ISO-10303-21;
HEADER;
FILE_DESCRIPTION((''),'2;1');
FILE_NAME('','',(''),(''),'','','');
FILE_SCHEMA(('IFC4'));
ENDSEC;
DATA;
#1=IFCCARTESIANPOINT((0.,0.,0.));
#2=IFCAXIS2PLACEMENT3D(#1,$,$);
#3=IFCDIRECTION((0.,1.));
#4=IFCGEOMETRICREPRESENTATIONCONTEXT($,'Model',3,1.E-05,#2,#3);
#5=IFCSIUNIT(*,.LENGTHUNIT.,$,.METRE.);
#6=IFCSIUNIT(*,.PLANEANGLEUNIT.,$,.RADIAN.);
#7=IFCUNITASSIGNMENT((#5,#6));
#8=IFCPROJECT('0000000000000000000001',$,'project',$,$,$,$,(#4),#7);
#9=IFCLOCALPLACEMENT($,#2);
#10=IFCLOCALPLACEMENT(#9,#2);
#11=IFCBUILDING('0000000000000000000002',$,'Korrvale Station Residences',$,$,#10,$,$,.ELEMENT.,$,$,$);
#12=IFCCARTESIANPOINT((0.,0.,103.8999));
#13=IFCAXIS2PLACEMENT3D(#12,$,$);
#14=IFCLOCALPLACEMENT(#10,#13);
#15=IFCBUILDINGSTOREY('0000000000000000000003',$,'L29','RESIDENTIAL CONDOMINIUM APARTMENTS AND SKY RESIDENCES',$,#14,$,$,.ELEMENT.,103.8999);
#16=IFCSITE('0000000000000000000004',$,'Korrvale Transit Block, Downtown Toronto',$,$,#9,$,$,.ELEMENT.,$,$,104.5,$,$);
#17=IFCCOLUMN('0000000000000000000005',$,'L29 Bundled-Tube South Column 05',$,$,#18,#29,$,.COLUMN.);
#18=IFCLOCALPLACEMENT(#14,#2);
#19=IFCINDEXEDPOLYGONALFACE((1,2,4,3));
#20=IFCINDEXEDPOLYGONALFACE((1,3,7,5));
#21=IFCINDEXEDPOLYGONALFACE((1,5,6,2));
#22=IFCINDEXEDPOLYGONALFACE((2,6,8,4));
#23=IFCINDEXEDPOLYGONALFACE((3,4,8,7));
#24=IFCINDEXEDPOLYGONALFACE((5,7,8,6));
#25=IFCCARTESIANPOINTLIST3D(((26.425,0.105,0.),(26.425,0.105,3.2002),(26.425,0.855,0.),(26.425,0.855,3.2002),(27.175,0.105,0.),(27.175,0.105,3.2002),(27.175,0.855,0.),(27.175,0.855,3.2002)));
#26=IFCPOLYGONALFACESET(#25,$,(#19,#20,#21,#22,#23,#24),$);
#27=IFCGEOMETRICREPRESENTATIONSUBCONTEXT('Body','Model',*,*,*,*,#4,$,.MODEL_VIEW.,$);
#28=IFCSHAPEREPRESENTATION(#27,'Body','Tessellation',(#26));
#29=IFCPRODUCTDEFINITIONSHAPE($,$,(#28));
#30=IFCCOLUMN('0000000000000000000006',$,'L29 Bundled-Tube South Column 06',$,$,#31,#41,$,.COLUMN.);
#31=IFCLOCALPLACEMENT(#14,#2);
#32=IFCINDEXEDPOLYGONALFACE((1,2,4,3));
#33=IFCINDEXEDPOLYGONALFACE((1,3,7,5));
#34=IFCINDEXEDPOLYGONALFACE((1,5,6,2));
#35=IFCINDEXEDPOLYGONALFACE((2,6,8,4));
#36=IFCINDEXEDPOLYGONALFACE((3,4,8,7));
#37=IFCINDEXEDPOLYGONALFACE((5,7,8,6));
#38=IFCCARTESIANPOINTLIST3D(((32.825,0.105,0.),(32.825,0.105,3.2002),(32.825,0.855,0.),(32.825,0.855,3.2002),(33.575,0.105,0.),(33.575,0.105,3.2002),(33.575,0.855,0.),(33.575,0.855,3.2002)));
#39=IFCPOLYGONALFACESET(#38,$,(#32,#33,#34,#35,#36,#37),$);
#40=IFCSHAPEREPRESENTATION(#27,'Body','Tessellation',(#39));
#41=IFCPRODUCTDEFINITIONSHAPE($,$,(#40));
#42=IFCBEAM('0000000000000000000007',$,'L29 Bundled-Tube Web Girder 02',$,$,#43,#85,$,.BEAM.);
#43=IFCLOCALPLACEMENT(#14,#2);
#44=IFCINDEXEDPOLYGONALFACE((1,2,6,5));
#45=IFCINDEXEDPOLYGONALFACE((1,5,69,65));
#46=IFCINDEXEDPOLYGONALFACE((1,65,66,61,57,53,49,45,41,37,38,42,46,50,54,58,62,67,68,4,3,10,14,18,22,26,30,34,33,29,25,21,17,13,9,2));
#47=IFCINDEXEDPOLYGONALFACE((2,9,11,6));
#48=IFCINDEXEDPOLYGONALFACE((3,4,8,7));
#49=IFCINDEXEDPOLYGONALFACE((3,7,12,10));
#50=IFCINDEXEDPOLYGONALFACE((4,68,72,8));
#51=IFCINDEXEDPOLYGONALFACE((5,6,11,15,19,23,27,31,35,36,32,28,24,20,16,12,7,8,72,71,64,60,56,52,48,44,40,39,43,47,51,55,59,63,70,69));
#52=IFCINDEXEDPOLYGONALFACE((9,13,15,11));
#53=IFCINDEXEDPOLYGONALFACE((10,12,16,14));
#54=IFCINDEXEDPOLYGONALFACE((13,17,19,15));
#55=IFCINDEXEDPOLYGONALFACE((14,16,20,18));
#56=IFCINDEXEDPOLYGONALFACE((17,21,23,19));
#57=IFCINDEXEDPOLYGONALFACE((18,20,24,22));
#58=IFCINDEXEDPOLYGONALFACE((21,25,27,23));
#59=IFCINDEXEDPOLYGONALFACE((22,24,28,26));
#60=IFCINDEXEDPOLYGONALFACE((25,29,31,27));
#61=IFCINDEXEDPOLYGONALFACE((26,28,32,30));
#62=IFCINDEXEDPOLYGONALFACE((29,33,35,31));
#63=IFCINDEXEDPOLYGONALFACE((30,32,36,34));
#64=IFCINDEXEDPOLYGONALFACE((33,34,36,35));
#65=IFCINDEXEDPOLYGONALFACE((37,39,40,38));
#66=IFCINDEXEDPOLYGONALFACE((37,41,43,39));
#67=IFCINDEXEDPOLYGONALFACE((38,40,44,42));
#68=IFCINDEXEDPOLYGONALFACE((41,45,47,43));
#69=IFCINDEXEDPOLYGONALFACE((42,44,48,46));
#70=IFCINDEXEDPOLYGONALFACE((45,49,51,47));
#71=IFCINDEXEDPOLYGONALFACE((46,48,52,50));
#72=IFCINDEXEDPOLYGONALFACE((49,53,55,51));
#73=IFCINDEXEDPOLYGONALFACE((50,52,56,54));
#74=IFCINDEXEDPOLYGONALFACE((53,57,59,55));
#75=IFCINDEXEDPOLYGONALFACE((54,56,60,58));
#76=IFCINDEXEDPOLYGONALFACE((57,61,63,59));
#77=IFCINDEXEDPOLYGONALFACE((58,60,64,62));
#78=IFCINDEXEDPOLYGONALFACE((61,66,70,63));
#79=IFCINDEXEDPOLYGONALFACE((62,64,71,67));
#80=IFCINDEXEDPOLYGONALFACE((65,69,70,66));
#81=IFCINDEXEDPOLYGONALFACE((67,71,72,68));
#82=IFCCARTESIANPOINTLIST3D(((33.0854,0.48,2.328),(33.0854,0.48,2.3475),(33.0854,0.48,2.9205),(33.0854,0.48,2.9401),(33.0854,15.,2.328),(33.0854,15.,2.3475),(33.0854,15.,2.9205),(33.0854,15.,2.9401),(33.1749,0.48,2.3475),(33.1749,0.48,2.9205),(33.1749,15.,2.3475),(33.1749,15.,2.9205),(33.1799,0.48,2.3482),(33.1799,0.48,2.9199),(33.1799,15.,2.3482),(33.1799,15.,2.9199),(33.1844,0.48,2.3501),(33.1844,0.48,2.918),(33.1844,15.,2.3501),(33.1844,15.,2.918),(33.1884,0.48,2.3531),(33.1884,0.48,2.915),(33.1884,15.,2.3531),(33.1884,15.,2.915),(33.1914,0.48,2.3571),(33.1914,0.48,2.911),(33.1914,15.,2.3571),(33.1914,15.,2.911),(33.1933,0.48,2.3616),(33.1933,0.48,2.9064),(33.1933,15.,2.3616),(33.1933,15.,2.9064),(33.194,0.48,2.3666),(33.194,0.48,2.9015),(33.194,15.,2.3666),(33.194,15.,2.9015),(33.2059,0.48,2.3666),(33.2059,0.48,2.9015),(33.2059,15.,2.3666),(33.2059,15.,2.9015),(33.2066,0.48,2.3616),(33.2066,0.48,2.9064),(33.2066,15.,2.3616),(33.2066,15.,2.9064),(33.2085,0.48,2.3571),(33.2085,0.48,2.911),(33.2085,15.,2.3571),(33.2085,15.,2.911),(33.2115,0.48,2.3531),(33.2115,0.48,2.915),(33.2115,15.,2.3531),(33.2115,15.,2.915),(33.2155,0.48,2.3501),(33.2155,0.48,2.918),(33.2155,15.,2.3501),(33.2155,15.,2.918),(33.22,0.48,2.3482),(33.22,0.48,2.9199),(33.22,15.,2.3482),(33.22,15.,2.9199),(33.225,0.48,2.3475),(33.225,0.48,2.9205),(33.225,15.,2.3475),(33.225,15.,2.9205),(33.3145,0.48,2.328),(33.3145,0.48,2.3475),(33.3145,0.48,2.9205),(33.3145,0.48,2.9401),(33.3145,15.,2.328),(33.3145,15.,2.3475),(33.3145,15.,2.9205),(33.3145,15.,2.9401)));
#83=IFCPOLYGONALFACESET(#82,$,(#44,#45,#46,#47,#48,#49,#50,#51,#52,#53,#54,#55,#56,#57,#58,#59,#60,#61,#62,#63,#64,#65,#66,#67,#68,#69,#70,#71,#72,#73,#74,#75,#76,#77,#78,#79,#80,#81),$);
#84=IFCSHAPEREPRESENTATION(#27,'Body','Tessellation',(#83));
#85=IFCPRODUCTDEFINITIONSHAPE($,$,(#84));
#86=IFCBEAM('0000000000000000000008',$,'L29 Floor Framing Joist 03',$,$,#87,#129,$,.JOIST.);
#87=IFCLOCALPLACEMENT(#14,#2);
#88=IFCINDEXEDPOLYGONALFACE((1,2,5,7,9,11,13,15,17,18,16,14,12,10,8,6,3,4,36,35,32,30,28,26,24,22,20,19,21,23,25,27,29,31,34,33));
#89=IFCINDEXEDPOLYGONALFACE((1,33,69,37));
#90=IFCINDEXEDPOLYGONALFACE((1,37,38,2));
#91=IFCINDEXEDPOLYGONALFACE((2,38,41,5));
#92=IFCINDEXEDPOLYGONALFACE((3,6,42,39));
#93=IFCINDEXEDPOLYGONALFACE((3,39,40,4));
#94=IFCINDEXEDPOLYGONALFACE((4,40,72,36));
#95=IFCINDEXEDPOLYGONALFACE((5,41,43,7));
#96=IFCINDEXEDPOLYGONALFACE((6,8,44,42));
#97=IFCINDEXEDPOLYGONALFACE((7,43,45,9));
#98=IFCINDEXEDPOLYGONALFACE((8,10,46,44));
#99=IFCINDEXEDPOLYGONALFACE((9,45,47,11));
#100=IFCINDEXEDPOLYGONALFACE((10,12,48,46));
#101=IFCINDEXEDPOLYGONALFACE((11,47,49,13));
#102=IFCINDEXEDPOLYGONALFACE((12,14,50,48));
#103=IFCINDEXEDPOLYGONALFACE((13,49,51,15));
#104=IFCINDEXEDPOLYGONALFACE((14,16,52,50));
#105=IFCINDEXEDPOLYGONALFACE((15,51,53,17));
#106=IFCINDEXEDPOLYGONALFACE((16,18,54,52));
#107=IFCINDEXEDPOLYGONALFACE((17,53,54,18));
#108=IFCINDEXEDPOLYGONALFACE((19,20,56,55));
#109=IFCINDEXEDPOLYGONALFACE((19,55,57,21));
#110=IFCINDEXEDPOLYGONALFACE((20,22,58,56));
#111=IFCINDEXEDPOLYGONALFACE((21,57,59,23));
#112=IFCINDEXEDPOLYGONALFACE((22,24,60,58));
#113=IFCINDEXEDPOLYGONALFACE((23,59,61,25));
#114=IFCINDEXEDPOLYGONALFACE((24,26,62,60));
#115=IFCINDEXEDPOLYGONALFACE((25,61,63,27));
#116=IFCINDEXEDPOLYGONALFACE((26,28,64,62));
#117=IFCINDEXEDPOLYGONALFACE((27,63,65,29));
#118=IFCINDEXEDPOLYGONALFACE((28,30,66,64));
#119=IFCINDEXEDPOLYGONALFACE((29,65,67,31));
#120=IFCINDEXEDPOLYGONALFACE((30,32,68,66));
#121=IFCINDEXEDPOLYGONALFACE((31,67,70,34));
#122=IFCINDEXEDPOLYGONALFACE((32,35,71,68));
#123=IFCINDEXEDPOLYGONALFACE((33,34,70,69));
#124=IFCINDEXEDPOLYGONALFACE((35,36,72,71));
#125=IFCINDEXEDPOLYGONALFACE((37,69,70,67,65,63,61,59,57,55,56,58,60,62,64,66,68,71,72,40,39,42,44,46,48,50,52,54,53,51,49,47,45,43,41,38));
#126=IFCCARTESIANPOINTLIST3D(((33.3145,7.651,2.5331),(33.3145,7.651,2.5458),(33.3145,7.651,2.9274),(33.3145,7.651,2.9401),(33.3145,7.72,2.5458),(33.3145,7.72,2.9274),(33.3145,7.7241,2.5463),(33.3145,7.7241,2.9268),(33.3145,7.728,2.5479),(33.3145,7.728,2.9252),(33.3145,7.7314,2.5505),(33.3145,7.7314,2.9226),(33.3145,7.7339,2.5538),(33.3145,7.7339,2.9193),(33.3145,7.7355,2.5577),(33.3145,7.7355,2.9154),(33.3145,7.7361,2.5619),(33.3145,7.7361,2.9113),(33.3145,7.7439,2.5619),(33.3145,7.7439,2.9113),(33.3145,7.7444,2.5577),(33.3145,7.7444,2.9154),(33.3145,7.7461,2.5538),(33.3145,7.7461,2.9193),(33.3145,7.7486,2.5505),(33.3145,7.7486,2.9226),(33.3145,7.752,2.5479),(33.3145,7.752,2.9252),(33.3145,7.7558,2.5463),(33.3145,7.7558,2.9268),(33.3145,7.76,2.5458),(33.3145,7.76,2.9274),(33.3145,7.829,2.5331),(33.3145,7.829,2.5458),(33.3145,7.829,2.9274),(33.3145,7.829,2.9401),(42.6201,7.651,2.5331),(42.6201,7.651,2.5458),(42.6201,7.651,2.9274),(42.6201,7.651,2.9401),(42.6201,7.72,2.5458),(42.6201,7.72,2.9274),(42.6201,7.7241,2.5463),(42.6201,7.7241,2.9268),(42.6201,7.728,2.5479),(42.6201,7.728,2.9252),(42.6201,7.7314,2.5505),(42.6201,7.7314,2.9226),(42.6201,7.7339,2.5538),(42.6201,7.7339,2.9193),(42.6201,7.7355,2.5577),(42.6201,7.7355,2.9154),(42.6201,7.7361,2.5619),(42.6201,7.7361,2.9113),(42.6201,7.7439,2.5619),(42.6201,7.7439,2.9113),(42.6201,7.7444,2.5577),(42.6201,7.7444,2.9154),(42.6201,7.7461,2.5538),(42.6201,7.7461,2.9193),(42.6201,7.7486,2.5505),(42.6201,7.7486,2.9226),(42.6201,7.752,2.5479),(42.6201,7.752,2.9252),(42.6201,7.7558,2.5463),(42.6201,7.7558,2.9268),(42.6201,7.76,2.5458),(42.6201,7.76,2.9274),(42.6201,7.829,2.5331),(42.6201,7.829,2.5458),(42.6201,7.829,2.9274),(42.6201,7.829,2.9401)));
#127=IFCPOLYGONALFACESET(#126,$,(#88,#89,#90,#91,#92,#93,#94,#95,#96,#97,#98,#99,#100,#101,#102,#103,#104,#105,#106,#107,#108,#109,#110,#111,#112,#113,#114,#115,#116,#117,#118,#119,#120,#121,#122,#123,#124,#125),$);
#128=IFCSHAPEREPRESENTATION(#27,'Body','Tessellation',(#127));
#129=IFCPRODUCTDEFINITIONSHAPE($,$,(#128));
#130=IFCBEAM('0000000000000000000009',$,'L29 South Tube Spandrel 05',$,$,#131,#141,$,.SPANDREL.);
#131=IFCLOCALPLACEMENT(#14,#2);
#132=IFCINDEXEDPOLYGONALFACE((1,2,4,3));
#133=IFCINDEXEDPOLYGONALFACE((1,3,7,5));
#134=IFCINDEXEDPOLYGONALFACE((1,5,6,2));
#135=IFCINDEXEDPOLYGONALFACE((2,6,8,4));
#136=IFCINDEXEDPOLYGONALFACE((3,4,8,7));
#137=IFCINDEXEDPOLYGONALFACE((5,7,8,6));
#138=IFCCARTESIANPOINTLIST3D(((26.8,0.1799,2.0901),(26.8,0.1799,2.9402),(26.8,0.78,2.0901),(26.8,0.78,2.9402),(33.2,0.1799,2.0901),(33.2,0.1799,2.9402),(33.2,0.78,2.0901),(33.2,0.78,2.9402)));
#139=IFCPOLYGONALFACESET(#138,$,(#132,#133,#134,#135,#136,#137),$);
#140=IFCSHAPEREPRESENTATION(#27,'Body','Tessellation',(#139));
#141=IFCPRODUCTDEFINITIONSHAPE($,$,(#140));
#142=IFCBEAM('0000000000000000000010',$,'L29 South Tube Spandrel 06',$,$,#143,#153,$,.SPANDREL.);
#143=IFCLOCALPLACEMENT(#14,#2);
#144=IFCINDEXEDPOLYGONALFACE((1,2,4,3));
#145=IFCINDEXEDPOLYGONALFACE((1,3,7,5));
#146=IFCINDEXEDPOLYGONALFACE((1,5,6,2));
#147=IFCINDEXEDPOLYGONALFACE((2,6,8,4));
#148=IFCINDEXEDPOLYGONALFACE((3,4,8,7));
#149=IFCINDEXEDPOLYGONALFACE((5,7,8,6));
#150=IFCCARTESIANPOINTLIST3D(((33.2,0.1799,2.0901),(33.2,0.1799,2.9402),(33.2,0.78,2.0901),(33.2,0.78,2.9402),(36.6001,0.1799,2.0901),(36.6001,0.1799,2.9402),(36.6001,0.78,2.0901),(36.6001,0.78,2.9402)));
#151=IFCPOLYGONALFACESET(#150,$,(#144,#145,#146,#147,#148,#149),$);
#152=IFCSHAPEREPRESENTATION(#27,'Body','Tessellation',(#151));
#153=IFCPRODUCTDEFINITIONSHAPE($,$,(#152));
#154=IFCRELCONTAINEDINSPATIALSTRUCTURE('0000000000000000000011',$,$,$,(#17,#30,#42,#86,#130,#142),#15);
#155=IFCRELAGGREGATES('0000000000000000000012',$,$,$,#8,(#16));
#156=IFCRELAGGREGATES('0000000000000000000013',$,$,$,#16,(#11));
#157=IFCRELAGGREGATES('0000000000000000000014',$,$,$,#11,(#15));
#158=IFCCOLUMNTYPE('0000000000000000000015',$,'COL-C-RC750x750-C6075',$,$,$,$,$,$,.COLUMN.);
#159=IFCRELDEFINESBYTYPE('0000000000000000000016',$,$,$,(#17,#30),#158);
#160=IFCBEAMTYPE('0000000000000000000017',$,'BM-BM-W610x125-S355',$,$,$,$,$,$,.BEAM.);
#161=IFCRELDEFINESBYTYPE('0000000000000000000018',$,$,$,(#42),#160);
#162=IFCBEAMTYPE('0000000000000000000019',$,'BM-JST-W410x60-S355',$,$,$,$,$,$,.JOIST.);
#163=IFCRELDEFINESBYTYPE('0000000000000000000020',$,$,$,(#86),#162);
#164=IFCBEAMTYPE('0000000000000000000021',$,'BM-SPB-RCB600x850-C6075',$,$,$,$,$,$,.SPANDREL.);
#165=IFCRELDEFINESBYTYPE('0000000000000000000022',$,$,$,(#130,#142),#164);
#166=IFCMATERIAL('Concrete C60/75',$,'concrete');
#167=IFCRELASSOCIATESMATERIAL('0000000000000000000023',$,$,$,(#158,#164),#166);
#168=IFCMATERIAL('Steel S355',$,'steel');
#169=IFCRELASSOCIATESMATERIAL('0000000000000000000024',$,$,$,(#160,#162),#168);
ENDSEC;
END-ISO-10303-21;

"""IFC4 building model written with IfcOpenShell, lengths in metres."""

from ifc_helpers import new_model, si_unit, direction, frame, origin, origin_2d, place, context, subcontext, project, spatial, rectangle, i_section, extrude, material, material_profile, profile_set, type_object, element, save


model = new_model("IFC4")

# Units and contexts
model_context = context("Model", 3, precision=1e-05, world=origin(), true_north=direction((0.0, 1.0)))
body_context = subcontext(model_context, "Body", "Model", "MODEL_VIEW")
ifc_project = project(units=[si_unit("LENGTHUNIT", "METRE"), si_unit("PLANEANGLEUNIT", "RADIAN")], contexts=[model_context])

# Site, building, storey
site_placement = place(None, origin())
site = spatial("IfcSite", under=ifc_project, at=site_placement, Name="Korrvale Transit Block, Downtown Toronto", CompositionType="ELEMENT", RefElevation=104.5)
building_placement = place(site_placement, origin())
building = spatial("IfcBuilding", under=site, at=building_placement, Name="Korrvale Station Residences", CompositionType="ELEMENT")
storey_placement = place(building_placement, frame((0.0, 0.0, 103.8999)))
storey = spatial("IfcBuildingStorey", under=building, at=storey_placement, Name="L29", Description="RESIDENTIAL CONDOMINIUM APARTMENTS AND SKY RESIDENCES", CompositionType="ELEMENT", Elevation=103.8999)

# Columns
ifc_material_1 = material(Name="Concrete C60/75", Category="concrete")
ifc_material_profile_1 = material_profile(ifc_material_1, rectangle(XDim=0.75, YDim=0.75, at=origin_2d()), Name="RC750x750")
ifc_profile_set_1 = profile_set([ifc_material_profile_1], Name="Concrete C60/75")
column_type = type_object("IfcColumnType", Name="COL-C-RC750x750-C6075", PredefinedType="COLUMN", material=ifc_profile_set_1)
for number, where, z_axis, x_axis, name in (
    (1, (26.8, 0.48, 0.0), (0.0, 0.0, 1.0), (1.0, 0.0, 0.0), "L29 Bundled-Tube South Column 05"),
    (2, (33.2, 0.48, 0.0), (0.0, 0.0, 1.0), (1.0, 0.0, 0.0), "L29 Bundled-Tube South Column 06"),
):
    element("IfcColumn", number, at=place(storey_placement, frame(where, z_axis=z_axis, x_axis=x_axis)), inside=storey, type_object=column_type, Name=name, PredefinedType="COLUMN", context=body_context, shape_type="SweptSolid", body=[
        extrude(rectangle(XDim=0.75, YDim=0.75, at=origin_2d()), origin(), (0.0, 0.0, 1.0), 3.2002),
    ])

# Beams
ifc_material_2 = material(Name="Steel S355", Category="steel")
ifc_material_profile_2 = material_profile(ifc_material_2, i_section(OverallWidth=0.229, OverallDepth=0.6121, WebThickness=0.012, FlangeThickness=0.0195, FilletRadius=0.019, at=origin_2d()), Name="W610x125")
ifc_profile_set_2 = profile_set([ifc_material_profile_2], Name="Steel S355")
beam_type_1 = type_object("IfcBeamType", Name="BM-BM-W610x125-S355", PredefinedType="BEAM", material=ifc_profile_set_2)
beam_1_placement = place(storey_placement, frame((33.2, 0.48, 2.634), z_axis=(0.0, 1.0, 0.0), x_axis=(-1.0, 0.0, 0.0)))
element("IfcBeam", 3, at=beam_1_placement, inside=storey, type_object=beam_type_1, Name="L29 Bundled-Tube Web Girder 02", PredefinedType="BEAM", context=body_context, shape_type="SweptSolid", body=[
    extrude(i_section(OverallWidth=0.229, OverallDepth=0.6121, WebThickness=0.012, FlangeThickness=0.0195, FilletRadius=0.019, at=origin_2d()), origin(), (0.0, 0.0, 1.0), 14.52),
])
ifc_material_profile_3 = material_profile(ifc_material_2, i_section(OverallWidth=0.178, OverallDepth=0.407, WebThickness=0.0078, FlangeThickness=0.0127, FilletRadius=0.0161, at=origin_2d()), Name="W410x60")
ifc_profile_set_3 = profile_set([ifc_material_profile_3], Name="Steel S355")
beam_type_2 = type_object("IfcBeamType", Name="BM-JST-W410x60-S355", PredefinedType="JOIST", material=ifc_profile_set_3)
beam_2_placement = place(storey_placement, frame((33.3145, 7.74, 2.7366), z_axis=(1.0, 0.0, 0.0), x_axis=(0.0, 1.0, 0.0)))
element("IfcBeam", 4, at=beam_2_placement, inside=storey, type_object=beam_type_2, Name="L29 Floor Framing Joist 03", PredefinedType="JOIST", context=body_context, shape_type="SweptSolid", body=[
    extrude(i_section(OverallWidth=0.178, OverallDepth=0.407, WebThickness=0.0078, FlangeThickness=0.0127, FilletRadius=0.0161, at=origin_2d()), origin(), (0.0, 0.0, 1.0), 9.3057),
])
ifc_material_profile_4 = material_profile(ifc_material_1, rectangle(XDim=0.6001, YDim=0.8501, at=origin_2d()), Name="RCB600x850")
ifc_profile_set_4 = profile_set([ifc_material_profile_4], Name="Concrete C60/75")
beam_type_3 = type_object("IfcBeamType", Name="BM-SPB-RCB600x850-C6075", PredefinedType="SPANDREL", material=ifc_profile_set_4)
beam_3_placement = place(storey_placement, frame((26.8, 0.48, 2.5151), z_axis=(1.0, 0.0, 0.0), x_axis=(0.0, 1.0, 0.0)))
element("IfcBeam", 5, at=beam_3_placement, inside=storey, type_object=beam_type_3, Name="L29 South Tube Spandrel 05", PredefinedType="SPANDREL", context=body_context, shape_type="SweptSolid", body=[
    extrude(rectangle(XDim=0.6001, YDim=0.8501, at=origin_2d()), origin(), (0.0, 0.0, 1.0), 6.3999),
])
beam_4_placement = place(storey_placement, frame((33.2, 0.48, 2.5151), z_axis=(1.0, 0.0, 0.0), x_axis=(0.0, 1.0, 0.0)))
element("IfcBeam", 6, at=beam_4_placement, inside=storey, type_object=beam_type_3, Name="L29 South Tube Spandrel 06", PredefinedType="SPANDREL", context=body_context, shape_type="SweptSolid", body=[
    extrude(rectangle(XDim=0.6001, YDim=0.8501, at=origin_2d()), origin(), (0.0, 0.0, 1.0), 3.4001),
])

save(model, "model.ifc")
